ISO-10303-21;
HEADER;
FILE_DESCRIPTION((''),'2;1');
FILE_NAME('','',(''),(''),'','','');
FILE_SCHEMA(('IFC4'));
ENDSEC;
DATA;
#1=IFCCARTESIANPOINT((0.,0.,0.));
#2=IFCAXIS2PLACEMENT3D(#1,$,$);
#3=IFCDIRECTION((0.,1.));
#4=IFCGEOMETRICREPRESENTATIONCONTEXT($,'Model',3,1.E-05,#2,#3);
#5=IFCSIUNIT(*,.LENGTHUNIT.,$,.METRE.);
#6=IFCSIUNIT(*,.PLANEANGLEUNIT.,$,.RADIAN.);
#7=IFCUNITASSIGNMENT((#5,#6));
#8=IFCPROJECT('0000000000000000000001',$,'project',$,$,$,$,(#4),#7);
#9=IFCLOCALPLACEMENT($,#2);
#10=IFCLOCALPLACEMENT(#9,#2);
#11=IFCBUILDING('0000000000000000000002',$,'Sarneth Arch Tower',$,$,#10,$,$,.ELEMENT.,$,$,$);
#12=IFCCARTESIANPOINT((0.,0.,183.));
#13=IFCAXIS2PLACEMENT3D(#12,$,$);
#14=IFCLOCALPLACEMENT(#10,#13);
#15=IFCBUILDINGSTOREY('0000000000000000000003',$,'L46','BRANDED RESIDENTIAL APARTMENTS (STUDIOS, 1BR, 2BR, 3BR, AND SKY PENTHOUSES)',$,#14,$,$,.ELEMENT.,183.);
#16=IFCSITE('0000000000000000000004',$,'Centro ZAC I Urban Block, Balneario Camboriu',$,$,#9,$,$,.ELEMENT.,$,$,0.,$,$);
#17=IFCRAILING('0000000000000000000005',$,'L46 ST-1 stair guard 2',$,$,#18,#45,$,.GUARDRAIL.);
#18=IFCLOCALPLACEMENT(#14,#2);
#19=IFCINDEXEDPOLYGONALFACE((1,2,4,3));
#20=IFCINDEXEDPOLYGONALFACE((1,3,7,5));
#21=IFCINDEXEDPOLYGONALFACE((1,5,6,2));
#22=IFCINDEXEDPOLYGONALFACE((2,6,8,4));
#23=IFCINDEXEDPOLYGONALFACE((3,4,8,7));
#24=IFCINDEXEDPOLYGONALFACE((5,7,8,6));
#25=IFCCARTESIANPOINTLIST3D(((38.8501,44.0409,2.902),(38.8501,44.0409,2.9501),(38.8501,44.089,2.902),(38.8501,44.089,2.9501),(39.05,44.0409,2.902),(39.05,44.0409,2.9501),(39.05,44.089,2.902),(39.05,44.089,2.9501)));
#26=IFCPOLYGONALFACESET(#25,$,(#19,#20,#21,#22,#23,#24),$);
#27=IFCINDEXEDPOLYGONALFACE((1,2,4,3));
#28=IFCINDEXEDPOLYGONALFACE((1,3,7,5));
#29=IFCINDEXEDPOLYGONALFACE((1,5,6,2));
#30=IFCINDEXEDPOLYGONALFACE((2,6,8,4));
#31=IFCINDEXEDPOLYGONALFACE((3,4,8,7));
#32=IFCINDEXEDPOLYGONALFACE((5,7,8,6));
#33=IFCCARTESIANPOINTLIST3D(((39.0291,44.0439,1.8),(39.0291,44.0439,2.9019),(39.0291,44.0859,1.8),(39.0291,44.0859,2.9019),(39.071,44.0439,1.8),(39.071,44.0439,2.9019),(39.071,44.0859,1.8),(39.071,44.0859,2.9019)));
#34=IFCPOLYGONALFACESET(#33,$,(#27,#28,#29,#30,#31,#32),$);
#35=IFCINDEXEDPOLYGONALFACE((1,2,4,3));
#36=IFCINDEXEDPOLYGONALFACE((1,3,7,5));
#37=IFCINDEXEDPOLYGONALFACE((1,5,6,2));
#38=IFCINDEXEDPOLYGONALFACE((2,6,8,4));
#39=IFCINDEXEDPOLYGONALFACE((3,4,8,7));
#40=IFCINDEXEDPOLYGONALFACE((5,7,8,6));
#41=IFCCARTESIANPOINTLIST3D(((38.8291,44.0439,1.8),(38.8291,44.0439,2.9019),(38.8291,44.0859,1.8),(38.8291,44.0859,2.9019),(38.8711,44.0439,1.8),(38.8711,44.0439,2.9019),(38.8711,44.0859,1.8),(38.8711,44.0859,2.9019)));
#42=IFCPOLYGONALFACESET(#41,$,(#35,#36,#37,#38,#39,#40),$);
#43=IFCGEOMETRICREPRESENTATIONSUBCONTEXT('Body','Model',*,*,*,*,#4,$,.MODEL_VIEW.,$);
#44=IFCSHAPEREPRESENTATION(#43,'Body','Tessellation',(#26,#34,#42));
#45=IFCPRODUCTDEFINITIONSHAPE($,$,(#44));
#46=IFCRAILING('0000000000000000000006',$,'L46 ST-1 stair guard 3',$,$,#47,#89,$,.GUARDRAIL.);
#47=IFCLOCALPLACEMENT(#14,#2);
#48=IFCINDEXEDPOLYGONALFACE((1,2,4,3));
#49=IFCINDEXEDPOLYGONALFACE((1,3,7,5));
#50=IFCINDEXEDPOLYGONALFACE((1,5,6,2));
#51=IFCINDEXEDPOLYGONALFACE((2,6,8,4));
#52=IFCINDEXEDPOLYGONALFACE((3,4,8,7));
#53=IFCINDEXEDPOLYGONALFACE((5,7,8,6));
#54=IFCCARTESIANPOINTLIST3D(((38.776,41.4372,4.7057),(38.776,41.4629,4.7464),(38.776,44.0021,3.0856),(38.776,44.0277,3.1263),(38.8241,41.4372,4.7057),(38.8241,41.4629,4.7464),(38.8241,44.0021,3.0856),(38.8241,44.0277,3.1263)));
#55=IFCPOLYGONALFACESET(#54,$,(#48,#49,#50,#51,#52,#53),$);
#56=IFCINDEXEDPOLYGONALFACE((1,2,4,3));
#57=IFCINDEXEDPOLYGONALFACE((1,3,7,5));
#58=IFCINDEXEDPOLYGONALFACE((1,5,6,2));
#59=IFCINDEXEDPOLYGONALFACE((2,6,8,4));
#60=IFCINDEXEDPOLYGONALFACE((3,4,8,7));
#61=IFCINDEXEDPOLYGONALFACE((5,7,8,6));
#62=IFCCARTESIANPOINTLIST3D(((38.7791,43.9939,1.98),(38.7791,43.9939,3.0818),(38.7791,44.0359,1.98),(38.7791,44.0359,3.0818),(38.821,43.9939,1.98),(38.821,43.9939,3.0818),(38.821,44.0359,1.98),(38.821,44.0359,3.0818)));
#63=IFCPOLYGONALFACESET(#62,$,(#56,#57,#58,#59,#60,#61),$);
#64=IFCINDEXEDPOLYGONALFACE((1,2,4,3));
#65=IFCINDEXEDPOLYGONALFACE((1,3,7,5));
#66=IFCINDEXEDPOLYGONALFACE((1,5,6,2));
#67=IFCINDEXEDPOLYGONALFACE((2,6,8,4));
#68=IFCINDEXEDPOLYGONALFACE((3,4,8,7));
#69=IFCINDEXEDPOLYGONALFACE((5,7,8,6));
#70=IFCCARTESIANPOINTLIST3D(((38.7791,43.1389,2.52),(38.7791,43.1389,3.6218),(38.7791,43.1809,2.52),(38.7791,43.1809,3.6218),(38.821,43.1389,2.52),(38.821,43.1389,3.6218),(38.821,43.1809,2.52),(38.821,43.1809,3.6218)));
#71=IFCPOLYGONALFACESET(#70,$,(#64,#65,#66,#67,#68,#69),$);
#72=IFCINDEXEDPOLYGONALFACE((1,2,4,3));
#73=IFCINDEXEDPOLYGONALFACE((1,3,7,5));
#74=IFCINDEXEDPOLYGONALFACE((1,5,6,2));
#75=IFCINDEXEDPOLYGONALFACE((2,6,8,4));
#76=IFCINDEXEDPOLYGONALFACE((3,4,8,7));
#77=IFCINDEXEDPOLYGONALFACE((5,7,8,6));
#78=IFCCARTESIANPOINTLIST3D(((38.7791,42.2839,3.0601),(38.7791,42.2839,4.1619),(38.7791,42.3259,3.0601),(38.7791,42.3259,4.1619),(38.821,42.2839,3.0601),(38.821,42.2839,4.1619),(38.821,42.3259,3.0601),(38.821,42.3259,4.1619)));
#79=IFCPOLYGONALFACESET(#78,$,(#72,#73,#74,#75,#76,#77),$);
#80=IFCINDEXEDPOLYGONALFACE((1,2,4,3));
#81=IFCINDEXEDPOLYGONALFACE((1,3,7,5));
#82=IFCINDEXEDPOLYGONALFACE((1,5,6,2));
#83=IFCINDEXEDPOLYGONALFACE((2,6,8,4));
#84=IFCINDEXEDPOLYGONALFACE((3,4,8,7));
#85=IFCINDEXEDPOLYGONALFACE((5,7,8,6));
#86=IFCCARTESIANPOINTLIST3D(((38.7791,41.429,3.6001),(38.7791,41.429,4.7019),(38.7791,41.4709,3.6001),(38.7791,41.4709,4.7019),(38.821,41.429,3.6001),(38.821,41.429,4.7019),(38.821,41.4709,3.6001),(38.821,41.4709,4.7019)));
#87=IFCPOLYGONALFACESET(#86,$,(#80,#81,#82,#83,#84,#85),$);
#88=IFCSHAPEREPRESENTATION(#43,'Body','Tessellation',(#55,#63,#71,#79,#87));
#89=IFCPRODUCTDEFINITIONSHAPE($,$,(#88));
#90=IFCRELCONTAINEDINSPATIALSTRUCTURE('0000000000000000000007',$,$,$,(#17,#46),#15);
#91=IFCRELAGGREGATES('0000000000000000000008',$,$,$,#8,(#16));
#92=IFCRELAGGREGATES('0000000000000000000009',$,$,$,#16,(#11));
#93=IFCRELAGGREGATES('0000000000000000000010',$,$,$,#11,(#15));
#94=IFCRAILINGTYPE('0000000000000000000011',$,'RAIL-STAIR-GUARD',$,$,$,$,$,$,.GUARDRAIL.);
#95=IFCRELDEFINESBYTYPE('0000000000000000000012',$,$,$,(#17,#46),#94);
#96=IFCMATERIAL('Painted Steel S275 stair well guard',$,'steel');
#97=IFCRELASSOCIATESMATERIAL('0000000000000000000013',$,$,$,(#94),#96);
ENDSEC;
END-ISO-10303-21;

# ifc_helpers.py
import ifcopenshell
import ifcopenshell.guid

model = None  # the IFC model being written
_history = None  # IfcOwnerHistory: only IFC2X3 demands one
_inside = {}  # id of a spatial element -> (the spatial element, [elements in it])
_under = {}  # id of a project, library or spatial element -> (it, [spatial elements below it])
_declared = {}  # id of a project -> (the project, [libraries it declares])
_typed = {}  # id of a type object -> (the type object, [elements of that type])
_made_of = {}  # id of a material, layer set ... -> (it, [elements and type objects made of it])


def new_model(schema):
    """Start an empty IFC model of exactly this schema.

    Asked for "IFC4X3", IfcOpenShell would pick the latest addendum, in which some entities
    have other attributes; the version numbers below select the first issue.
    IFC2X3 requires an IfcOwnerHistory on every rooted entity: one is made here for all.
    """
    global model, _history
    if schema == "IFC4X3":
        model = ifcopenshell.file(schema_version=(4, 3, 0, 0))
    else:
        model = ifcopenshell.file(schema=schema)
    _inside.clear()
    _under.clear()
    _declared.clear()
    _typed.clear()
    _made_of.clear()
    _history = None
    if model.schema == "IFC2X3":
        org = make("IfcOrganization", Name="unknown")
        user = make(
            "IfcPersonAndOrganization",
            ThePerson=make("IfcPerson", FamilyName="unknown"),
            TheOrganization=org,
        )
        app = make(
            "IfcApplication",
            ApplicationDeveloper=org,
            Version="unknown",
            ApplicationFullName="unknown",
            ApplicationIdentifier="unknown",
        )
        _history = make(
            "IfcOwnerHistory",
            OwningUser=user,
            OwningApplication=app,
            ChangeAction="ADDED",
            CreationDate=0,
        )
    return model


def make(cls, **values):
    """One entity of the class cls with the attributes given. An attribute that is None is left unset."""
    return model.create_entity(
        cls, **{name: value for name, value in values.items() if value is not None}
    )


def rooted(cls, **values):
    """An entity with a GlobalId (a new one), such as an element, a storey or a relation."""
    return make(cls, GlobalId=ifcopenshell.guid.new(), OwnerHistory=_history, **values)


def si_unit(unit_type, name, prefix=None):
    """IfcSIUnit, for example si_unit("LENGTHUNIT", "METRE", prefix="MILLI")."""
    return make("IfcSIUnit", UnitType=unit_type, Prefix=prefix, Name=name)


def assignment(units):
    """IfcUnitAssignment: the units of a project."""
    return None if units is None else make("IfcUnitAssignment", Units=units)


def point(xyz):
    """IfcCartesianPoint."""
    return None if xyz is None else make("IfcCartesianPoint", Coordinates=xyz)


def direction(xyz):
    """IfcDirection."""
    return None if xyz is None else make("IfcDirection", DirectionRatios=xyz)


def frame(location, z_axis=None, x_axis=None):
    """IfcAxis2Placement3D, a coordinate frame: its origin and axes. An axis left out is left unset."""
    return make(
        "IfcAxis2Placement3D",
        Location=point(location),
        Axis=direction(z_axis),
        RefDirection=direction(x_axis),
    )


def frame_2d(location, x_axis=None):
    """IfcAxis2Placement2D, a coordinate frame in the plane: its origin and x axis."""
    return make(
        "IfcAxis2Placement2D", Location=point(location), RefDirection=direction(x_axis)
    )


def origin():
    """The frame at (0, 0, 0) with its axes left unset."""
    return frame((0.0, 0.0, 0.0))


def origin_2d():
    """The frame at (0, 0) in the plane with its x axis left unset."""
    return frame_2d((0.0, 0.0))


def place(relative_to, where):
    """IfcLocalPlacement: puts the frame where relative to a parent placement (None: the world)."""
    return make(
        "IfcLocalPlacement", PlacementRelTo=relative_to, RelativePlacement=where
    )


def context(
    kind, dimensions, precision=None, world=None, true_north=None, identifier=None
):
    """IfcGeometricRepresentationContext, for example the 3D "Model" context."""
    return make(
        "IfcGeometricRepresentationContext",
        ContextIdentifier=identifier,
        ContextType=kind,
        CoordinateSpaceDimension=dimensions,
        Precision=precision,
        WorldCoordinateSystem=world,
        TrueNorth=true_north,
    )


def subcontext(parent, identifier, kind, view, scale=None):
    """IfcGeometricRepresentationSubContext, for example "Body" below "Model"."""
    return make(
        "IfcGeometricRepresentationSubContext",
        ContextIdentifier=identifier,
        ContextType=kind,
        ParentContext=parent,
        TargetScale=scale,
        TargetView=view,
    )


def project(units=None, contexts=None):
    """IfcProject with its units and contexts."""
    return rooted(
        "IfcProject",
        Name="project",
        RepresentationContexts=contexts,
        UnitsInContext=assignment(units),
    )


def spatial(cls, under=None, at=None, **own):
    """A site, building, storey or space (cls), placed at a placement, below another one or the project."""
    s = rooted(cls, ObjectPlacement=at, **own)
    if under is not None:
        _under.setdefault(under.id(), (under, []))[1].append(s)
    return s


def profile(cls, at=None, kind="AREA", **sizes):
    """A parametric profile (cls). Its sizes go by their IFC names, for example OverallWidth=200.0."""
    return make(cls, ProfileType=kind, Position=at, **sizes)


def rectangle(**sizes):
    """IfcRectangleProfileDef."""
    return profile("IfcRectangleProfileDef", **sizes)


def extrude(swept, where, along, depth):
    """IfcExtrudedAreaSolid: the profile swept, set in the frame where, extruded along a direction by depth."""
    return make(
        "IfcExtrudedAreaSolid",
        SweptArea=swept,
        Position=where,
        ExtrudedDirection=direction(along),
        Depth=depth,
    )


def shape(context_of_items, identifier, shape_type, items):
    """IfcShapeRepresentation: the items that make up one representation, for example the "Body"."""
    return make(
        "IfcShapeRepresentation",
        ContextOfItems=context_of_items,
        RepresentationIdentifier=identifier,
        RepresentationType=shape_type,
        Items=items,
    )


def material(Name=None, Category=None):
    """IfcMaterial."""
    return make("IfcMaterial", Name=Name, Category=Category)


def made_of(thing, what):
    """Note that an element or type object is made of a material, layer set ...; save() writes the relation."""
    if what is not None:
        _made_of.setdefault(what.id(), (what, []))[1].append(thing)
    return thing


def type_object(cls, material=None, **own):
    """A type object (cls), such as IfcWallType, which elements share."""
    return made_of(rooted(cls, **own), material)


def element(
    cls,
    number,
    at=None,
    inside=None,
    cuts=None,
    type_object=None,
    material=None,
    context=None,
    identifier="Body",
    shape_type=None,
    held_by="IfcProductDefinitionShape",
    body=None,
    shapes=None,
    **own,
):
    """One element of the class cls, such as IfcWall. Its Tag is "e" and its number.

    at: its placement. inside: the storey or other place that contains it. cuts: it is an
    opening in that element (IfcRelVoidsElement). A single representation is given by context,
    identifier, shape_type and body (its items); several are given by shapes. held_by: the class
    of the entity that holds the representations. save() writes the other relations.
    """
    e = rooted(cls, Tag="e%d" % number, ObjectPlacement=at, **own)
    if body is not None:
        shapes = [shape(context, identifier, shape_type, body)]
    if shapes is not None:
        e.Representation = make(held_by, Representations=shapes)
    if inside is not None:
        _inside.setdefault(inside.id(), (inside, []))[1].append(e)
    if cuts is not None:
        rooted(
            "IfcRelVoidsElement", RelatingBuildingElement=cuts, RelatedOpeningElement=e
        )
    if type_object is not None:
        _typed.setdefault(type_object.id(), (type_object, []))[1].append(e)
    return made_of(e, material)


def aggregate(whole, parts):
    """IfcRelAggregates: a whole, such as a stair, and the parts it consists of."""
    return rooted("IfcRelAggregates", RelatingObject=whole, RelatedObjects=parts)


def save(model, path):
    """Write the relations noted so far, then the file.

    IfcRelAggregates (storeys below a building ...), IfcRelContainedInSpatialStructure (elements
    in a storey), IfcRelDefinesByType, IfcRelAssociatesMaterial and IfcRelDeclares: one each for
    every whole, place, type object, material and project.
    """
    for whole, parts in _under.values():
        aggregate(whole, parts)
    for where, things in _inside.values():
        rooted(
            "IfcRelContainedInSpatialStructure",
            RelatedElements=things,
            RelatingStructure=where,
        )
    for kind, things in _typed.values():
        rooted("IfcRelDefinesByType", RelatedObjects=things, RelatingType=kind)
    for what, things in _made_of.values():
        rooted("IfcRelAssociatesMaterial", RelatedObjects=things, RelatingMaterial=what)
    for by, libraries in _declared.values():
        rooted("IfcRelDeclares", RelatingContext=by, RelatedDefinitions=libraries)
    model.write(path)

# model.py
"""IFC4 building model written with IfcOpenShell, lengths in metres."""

from ifc_helpers import new_model, si_unit, direction, frame, origin, origin_2d, place, context, subcontext, project, spatial, rectangle, extrude, material, type_object, element, save


model = new_model("IFC4")

# Units and contexts
model_context = context("Model", 3, precision=1e-05, world=origin(), true_north=direction((0.0, 1.0)))
body_context = subcontext(model_context, "Body", "Model", "MODEL_VIEW")
ifc_project = project(units=[si_unit("LENGTHUNIT", "METRE"), si_unit("PLANEANGLEUNIT", "RADIAN")], contexts=[model_context])

# Site, building, storey
site_placement = place(None, origin())
site = spatial("IfcSite", under=ifc_project, at=site_placement, Name="Centro ZAC I Urban Block, Balneario Camboriu", CompositionType="ELEMENT", RefElevation=0.0)
building_placement = place(site_placement, origin())
building = spatial("IfcBuilding", under=site, at=building_placement, Name="Sarneth Arch Tower", CompositionType="ELEMENT")
storey_placement = place(building_placement, frame((0.0, 0.0, 183.0)))
storey = spatial("IfcBuildingStorey", under=building, at=storey_placement, Name="L46", Description="BRANDED RESIDENTIAL APARTMENTS (STUDIOS, 1BR, 2BR, 3BR, AND SKY PENTHOUSES)", CompositionType="ELEMENT", Elevation=183.0)

# Railings
ifc_material_1 = material(Name="Painted Steel S275 stair well guard", Category="steel")
railing_type_1 = type_object("IfcRailingType", Name="RAIL-STAIR-GUARD", PredefinedType="GUARDRAIL", material=ifc_material_1)
railing_1_placement = place(storey_placement, frame((39.05, 44.0649, 1.8)))
element("IfcRailing", 1, at=railing_1_placement, inside=storey, type_object=railing_type_1, Name="L46 ST-1 stair guard 2", PredefinedType="GUARDRAIL", context=body_context, shape_type="SweptSolid", body=[
    extrude(rectangle(XDim=0.0481, YDim=0.0481, at=origin_2d()), frame((0.0, 0.0, 1.126), z_axis=(-1.0, 0.0, 0.0), x_axis=(0.0, -1.0, 0.0)), (0.0, 0.0, 1.0), 0.2),
    extrude(rectangle(XDim=0.042, YDim=0.042, at=origin_2d()), origin(), (0.0, 0.0, 1.0), 1.1018),
    extrude(rectangle(XDim=0.042, YDim=0.042, at=origin_2d()), frame((-0.2, 0.0, 0.0)), (0.0, 0.0, 1.0), 1.1018),
])
railing_2_placement = place(storey_placement, frame((38.8, 44.0149, 1.98)))
element("IfcRailing", 2, at=railing_2_placement, inside=storey, type_object=railing_type_1, Name="L46 ST-1 stair guard 3", PredefinedType="GUARDRAIL", context=body_context, shape_type="SweptSolid", body=[
    extrude(rectangle(XDim=0.0481, YDim=0.0481, at=origin_2d()), frame((0.0, 0.0, 1.126), z_axis=(0.0, -0.845466, 0.534029), x_axis=(1.0, 0.0, 0.0)), (0.0, 0.0, 1.0), 3.0337),
    extrude(rectangle(XDim=0.042, YDim=0.042, at=origin_2d()), origin(), (0.0, 0.0, 1.0), 1.1018),
    extrude(rectangle(XDim=0.042, YDim=0.042, at=origin_2d()), frame((0.0, -0.855, 0.54)), (0.0, 0.0, 1.0), 1.1018),
    extrude(rectangle(XDim=0.042, YDim=0.042, at=origin_2d()), frame((0.0, -1.71, 1.0801)), (0.0, 0.0, 1.0), 1.1018),
    extrude(rectangle(XDim=0.042, YDim=0.042, at=origin_2d()), frame((0.0, -2.5649, 1.6201)), (0.0, 0.0, 1.0), 1.1018),
])

save(model, "model.ifc")
